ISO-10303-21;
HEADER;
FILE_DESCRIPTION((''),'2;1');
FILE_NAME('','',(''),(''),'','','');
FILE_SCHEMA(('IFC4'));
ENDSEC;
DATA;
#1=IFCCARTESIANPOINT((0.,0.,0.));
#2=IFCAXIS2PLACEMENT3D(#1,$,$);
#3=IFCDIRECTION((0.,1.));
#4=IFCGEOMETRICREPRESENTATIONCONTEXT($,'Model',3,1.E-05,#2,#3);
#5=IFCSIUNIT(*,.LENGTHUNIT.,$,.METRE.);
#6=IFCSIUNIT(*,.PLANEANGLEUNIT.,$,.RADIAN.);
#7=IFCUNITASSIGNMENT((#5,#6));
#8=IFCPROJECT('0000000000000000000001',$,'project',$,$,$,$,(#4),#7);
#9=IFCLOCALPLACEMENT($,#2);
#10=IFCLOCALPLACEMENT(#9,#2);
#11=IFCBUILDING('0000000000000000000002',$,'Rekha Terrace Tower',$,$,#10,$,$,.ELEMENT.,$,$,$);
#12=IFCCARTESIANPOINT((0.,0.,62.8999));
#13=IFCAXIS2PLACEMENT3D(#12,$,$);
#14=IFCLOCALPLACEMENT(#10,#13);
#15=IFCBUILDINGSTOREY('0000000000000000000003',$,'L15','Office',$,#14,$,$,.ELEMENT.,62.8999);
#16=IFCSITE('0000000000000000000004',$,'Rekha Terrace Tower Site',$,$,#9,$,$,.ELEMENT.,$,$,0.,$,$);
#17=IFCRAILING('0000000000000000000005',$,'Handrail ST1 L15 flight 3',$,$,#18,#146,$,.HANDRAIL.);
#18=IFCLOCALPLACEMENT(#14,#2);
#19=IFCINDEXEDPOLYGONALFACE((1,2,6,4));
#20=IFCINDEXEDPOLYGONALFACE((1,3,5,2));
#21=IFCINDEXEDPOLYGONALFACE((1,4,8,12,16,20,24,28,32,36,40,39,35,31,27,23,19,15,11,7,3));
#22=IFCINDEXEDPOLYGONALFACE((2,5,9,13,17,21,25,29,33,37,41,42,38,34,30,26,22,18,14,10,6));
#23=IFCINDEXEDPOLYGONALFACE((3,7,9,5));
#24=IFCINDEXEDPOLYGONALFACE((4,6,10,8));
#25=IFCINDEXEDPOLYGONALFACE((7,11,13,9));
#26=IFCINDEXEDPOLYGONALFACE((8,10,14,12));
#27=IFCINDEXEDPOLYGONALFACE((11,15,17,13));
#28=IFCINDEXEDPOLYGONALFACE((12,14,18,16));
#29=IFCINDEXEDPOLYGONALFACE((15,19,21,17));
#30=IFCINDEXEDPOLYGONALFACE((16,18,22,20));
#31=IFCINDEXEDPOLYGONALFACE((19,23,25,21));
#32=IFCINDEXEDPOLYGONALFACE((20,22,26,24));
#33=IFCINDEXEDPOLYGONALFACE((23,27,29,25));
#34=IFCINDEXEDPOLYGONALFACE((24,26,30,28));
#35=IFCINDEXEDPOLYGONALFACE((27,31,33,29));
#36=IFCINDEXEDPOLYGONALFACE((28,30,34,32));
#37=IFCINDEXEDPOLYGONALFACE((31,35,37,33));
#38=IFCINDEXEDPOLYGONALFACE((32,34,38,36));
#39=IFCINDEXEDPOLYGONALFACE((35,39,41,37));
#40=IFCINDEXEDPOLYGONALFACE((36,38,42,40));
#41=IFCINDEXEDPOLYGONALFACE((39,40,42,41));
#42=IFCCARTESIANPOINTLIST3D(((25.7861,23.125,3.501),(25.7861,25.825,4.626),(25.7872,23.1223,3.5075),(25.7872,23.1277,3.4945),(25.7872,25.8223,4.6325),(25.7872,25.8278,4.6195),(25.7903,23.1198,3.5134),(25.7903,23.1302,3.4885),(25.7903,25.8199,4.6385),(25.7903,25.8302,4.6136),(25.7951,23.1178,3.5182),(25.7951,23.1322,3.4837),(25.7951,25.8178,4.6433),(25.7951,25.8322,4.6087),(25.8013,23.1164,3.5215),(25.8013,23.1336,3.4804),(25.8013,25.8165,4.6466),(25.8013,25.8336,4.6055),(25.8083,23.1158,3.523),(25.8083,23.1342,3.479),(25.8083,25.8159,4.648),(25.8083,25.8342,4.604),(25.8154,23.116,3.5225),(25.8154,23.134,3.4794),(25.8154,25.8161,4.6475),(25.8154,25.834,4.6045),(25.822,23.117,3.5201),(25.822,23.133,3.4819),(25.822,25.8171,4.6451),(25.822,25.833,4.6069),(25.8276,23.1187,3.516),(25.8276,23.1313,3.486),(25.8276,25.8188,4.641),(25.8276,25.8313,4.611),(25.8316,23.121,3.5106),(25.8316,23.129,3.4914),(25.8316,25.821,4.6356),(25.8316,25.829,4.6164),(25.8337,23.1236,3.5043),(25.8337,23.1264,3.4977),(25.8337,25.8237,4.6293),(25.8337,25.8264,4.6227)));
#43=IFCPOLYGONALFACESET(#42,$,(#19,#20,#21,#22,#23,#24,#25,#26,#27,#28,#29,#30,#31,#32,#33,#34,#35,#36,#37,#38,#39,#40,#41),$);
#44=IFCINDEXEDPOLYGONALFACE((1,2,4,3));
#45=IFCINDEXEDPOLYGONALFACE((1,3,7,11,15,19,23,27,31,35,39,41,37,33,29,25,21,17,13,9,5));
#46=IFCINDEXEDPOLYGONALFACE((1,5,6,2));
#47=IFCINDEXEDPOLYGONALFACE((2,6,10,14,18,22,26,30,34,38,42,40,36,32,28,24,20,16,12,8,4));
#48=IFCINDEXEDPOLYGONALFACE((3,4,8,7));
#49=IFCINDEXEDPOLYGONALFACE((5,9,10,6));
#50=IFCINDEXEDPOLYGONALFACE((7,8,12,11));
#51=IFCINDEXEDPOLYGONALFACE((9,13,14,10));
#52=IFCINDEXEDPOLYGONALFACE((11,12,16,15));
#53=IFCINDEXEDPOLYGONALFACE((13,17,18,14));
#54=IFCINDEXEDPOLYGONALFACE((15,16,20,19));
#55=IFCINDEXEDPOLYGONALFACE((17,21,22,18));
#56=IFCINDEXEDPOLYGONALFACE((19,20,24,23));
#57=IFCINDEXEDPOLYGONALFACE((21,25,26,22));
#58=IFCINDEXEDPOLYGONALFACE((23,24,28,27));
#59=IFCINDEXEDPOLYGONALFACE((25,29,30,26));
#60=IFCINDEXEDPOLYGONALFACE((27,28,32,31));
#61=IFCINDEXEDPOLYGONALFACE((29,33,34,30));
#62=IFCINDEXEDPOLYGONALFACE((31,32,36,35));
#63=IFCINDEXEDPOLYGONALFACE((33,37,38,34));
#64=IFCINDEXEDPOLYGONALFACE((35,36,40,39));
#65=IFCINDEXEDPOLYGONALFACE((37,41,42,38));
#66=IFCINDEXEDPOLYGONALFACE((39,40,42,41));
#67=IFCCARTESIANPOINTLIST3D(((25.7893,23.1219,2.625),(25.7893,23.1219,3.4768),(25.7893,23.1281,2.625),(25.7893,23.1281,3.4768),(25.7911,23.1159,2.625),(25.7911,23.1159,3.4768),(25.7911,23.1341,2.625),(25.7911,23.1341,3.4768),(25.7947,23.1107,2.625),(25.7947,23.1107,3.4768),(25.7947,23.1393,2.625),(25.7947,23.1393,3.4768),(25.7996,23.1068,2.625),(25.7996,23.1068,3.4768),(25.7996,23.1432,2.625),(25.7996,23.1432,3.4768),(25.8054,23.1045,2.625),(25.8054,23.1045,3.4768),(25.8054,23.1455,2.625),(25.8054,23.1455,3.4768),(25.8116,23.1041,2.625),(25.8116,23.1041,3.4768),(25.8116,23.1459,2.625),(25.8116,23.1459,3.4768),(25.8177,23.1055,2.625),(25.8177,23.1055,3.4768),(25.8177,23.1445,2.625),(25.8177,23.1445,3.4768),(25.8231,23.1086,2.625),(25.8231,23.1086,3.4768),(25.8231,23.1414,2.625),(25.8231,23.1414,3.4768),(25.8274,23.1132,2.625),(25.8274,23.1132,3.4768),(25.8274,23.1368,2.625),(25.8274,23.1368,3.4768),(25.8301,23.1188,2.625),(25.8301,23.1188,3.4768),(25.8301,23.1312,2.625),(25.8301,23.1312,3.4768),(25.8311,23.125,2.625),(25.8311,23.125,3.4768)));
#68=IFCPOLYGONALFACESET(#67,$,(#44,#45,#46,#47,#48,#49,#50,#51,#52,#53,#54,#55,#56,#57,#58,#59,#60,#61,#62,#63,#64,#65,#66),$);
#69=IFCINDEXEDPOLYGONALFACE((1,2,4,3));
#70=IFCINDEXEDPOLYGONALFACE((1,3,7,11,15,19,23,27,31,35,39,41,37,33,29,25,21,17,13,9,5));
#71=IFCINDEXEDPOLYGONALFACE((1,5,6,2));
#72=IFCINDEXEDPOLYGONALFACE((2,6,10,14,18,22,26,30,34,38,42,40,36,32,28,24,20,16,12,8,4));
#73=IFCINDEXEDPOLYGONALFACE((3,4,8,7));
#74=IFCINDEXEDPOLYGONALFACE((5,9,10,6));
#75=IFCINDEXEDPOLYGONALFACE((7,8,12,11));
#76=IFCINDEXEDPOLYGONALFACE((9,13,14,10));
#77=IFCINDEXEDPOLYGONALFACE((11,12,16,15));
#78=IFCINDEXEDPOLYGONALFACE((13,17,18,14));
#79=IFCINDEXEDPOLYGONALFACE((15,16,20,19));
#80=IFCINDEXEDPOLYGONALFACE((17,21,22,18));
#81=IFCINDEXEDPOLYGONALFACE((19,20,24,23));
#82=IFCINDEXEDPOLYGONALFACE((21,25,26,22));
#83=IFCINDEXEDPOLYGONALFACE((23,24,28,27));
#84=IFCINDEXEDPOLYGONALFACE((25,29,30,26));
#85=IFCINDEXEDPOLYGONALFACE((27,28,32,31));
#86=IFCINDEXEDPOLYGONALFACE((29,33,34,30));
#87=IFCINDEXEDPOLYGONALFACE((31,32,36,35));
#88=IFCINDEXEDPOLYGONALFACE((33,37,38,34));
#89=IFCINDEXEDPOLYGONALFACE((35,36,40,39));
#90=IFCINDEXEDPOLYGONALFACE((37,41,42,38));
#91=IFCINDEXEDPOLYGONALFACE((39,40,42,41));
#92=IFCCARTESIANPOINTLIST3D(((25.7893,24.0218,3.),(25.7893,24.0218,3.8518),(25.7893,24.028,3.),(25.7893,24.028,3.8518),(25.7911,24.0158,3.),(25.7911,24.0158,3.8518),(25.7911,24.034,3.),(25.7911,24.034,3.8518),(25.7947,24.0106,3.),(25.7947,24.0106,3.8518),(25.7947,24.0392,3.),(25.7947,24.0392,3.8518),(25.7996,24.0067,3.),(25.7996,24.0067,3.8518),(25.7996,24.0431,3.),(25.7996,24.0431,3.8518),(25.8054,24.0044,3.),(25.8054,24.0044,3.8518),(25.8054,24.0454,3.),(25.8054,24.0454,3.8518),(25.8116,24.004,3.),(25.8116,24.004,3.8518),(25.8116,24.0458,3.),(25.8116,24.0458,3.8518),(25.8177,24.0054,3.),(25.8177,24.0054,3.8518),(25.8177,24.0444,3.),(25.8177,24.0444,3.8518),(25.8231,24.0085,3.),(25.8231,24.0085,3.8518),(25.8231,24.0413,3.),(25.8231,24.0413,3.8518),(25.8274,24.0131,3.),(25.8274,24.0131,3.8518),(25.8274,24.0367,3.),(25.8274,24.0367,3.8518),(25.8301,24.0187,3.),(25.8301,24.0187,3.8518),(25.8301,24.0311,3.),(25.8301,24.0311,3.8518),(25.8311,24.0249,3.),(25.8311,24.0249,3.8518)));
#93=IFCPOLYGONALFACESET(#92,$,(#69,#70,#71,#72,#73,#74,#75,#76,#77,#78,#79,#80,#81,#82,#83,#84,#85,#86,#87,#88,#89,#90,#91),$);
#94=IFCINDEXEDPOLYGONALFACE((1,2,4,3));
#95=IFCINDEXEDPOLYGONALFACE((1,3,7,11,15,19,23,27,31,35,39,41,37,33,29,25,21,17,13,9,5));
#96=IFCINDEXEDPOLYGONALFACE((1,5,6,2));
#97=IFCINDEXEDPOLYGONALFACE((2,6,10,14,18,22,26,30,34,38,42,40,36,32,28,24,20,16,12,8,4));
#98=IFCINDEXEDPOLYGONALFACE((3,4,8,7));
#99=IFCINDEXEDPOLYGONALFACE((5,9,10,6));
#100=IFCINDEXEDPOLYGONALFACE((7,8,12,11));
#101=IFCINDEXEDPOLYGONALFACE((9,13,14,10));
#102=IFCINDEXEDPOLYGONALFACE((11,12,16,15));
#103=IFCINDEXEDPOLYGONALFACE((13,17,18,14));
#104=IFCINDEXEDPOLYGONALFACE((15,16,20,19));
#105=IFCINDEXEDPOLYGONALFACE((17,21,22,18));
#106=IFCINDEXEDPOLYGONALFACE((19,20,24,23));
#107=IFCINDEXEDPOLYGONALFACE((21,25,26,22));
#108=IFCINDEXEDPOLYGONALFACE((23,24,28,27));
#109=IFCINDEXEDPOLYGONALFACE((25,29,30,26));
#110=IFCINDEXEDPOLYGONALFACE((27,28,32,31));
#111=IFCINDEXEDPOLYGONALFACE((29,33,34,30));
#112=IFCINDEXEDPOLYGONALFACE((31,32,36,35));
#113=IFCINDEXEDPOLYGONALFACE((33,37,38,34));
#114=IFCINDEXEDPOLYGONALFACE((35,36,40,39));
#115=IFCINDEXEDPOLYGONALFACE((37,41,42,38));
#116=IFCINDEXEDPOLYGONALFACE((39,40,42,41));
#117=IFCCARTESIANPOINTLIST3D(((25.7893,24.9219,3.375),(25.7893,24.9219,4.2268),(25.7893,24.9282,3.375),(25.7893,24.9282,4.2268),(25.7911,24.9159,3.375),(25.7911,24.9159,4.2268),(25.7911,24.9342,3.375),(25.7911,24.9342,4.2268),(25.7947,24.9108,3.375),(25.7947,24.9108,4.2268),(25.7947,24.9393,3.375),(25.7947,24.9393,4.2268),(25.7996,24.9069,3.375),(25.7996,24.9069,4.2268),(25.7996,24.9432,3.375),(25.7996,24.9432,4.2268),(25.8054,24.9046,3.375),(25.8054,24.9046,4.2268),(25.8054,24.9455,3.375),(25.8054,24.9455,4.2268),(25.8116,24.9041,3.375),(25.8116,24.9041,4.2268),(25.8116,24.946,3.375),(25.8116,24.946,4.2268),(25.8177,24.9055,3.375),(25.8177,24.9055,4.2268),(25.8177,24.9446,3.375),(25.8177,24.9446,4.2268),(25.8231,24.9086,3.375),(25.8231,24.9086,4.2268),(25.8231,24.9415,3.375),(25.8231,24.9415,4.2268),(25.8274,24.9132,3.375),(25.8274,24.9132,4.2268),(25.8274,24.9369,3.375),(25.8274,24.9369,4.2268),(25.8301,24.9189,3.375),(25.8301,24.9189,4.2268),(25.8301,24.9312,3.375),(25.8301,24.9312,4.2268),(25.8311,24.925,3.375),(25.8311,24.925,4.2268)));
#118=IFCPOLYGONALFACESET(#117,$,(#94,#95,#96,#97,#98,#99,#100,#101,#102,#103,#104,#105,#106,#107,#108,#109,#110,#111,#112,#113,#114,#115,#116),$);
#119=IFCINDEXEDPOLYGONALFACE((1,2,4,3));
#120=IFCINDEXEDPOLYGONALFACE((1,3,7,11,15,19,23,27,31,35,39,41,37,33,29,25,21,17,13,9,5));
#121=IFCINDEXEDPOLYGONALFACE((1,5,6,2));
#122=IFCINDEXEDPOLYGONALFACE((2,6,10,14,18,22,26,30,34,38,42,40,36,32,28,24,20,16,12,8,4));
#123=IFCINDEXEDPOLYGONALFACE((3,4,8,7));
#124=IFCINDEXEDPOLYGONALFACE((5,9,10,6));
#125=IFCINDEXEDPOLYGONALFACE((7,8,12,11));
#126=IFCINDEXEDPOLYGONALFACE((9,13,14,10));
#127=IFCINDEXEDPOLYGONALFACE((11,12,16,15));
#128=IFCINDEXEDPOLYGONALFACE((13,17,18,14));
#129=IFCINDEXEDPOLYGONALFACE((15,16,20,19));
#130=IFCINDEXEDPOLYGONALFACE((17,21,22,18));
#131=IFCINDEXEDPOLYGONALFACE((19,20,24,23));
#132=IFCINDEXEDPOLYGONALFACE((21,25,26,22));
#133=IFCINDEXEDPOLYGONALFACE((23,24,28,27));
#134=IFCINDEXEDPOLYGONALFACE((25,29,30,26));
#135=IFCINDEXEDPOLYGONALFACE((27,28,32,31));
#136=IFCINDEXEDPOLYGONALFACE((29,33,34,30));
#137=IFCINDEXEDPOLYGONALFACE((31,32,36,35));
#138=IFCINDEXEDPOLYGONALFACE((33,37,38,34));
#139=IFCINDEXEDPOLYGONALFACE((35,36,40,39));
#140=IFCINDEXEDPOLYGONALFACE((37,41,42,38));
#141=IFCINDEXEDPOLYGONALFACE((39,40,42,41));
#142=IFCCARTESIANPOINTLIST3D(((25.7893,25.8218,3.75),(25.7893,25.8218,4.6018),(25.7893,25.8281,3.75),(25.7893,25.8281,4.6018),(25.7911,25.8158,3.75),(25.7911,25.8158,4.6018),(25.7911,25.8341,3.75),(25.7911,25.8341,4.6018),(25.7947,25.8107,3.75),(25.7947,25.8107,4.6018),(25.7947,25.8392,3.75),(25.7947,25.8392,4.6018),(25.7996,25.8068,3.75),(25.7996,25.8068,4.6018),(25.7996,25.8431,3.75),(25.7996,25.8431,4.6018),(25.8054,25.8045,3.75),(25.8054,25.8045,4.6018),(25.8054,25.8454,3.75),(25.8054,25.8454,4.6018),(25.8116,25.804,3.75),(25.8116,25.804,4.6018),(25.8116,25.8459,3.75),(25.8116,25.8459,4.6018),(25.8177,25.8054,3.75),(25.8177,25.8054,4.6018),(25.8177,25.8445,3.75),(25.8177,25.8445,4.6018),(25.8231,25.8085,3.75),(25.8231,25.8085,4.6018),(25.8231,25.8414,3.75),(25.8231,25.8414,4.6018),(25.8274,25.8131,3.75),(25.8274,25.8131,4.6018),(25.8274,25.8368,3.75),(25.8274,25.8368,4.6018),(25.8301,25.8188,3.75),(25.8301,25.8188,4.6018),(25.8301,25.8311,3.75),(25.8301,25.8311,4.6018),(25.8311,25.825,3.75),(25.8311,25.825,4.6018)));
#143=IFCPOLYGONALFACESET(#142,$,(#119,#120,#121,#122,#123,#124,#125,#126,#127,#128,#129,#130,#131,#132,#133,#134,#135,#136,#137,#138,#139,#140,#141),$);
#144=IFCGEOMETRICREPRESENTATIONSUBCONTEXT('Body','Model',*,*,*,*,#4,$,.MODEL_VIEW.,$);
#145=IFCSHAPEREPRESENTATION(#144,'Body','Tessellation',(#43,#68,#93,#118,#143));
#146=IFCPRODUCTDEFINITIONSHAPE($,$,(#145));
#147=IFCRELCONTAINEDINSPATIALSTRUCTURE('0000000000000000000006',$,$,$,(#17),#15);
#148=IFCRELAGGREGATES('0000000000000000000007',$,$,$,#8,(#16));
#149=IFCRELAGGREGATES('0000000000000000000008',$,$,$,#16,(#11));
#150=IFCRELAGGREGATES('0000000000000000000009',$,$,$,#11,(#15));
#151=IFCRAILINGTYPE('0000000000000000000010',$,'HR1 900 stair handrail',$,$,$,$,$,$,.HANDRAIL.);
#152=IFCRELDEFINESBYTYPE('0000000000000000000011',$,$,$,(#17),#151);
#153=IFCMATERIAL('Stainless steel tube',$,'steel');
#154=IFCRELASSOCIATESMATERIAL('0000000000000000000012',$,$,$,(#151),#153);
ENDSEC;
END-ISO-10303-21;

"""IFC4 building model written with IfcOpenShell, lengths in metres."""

from ifc_helpers import new_model, si_unit, direction, frame, origin, origin_2d, place, context, subcontext, project, spatial, circle, extrude, material, type_object, element, save


model = new_model("IFC4")

# Units and contexts
model_context = context("Model", 3, precision=1e-05, world=origin(), true_north=direction((0.0, 1.0)))
body_context = subcontext(model_context, "Body", "Model", "MODEL_VIEW")
ifc_project = project(units=[si_unit("LENGTHUNIT", "METRE"), si_unit("PLANEANGLEUNIT", "RADIAN")], contexts=[model_context])

# Site, building, storey
site_placement = place(None, origin())
site = spatial("IfcSite", under=ifc_project, at=site_placement, Name="Rekha Terrace Tower Site", CompositionType="ELEMENT", RefElevation=0.0)
building_placement = place(site_placement, origin())
building = spatial("IfcBuilding", under=site, at=building_placement, Name="Rekha Terrace Tower", CompositionType="ELEMENT")
storey_placement = place(building_placement, frame((0.0, 0.0, 62.8999)))
storey = spatial("IfcBuildingStorey", under=building, at=storey_placement, Name="L15", Description="Office", CompositionType="ELEMENT", Elevation=62.8999)

# Railing
ifc_material_1 = material(Name="Stainless steel tube", Category="steel")
railing_type_1 = type_object("IfcRailingType", Name="HR1 900 stair handrail", PredefinedType="HANDRAIL", material=ifc_material_1)
railing_1_placement = place(storey_placement, frame((25.8101, 23.125, 2.625)))
element("IfcRailing", 1, at=railing_1_placement, inside=storey, type_object=railing_type_1, Name="Handrail ST1 L15 flight 3", PredefinedType="HANDRAIL", context=body_context, shape_type="SweptSolid", body=[
    extrude(circle(Radius=0.0239, at=origin_2d()), frame((0.0, 0.0, 0.876), z_axis=(0.0, 0.923074, 0.384621), x_axis=(-1.0, 0.0, 0.0)), (0.0, 0.0, 1.0), 2.925),
    extrude(circle(Radius=0.021, at=origin_2d()), origin(), (0.0, 0.0, 1.0), 0.8518),
    extrude(circle(Radius=0.021, at=origin_2d()), frame((0.0, 0.8999, 0.375)), (0.0, 0.0, 1.0), 0.8518),
    extrude(circle(Radius=0.021, at=origin_2d()), frame((0.0, 1.8, 0.75)), (0.0, 0.0, 1.0), 0.8518),
    extrude(circle(Radius=0.021, at=origin_2d()), frame((0.0, 2.7, 1.125)), (0.0, 0.0, 1.0), 0.8518),
])

save(model, "model.ifc")
